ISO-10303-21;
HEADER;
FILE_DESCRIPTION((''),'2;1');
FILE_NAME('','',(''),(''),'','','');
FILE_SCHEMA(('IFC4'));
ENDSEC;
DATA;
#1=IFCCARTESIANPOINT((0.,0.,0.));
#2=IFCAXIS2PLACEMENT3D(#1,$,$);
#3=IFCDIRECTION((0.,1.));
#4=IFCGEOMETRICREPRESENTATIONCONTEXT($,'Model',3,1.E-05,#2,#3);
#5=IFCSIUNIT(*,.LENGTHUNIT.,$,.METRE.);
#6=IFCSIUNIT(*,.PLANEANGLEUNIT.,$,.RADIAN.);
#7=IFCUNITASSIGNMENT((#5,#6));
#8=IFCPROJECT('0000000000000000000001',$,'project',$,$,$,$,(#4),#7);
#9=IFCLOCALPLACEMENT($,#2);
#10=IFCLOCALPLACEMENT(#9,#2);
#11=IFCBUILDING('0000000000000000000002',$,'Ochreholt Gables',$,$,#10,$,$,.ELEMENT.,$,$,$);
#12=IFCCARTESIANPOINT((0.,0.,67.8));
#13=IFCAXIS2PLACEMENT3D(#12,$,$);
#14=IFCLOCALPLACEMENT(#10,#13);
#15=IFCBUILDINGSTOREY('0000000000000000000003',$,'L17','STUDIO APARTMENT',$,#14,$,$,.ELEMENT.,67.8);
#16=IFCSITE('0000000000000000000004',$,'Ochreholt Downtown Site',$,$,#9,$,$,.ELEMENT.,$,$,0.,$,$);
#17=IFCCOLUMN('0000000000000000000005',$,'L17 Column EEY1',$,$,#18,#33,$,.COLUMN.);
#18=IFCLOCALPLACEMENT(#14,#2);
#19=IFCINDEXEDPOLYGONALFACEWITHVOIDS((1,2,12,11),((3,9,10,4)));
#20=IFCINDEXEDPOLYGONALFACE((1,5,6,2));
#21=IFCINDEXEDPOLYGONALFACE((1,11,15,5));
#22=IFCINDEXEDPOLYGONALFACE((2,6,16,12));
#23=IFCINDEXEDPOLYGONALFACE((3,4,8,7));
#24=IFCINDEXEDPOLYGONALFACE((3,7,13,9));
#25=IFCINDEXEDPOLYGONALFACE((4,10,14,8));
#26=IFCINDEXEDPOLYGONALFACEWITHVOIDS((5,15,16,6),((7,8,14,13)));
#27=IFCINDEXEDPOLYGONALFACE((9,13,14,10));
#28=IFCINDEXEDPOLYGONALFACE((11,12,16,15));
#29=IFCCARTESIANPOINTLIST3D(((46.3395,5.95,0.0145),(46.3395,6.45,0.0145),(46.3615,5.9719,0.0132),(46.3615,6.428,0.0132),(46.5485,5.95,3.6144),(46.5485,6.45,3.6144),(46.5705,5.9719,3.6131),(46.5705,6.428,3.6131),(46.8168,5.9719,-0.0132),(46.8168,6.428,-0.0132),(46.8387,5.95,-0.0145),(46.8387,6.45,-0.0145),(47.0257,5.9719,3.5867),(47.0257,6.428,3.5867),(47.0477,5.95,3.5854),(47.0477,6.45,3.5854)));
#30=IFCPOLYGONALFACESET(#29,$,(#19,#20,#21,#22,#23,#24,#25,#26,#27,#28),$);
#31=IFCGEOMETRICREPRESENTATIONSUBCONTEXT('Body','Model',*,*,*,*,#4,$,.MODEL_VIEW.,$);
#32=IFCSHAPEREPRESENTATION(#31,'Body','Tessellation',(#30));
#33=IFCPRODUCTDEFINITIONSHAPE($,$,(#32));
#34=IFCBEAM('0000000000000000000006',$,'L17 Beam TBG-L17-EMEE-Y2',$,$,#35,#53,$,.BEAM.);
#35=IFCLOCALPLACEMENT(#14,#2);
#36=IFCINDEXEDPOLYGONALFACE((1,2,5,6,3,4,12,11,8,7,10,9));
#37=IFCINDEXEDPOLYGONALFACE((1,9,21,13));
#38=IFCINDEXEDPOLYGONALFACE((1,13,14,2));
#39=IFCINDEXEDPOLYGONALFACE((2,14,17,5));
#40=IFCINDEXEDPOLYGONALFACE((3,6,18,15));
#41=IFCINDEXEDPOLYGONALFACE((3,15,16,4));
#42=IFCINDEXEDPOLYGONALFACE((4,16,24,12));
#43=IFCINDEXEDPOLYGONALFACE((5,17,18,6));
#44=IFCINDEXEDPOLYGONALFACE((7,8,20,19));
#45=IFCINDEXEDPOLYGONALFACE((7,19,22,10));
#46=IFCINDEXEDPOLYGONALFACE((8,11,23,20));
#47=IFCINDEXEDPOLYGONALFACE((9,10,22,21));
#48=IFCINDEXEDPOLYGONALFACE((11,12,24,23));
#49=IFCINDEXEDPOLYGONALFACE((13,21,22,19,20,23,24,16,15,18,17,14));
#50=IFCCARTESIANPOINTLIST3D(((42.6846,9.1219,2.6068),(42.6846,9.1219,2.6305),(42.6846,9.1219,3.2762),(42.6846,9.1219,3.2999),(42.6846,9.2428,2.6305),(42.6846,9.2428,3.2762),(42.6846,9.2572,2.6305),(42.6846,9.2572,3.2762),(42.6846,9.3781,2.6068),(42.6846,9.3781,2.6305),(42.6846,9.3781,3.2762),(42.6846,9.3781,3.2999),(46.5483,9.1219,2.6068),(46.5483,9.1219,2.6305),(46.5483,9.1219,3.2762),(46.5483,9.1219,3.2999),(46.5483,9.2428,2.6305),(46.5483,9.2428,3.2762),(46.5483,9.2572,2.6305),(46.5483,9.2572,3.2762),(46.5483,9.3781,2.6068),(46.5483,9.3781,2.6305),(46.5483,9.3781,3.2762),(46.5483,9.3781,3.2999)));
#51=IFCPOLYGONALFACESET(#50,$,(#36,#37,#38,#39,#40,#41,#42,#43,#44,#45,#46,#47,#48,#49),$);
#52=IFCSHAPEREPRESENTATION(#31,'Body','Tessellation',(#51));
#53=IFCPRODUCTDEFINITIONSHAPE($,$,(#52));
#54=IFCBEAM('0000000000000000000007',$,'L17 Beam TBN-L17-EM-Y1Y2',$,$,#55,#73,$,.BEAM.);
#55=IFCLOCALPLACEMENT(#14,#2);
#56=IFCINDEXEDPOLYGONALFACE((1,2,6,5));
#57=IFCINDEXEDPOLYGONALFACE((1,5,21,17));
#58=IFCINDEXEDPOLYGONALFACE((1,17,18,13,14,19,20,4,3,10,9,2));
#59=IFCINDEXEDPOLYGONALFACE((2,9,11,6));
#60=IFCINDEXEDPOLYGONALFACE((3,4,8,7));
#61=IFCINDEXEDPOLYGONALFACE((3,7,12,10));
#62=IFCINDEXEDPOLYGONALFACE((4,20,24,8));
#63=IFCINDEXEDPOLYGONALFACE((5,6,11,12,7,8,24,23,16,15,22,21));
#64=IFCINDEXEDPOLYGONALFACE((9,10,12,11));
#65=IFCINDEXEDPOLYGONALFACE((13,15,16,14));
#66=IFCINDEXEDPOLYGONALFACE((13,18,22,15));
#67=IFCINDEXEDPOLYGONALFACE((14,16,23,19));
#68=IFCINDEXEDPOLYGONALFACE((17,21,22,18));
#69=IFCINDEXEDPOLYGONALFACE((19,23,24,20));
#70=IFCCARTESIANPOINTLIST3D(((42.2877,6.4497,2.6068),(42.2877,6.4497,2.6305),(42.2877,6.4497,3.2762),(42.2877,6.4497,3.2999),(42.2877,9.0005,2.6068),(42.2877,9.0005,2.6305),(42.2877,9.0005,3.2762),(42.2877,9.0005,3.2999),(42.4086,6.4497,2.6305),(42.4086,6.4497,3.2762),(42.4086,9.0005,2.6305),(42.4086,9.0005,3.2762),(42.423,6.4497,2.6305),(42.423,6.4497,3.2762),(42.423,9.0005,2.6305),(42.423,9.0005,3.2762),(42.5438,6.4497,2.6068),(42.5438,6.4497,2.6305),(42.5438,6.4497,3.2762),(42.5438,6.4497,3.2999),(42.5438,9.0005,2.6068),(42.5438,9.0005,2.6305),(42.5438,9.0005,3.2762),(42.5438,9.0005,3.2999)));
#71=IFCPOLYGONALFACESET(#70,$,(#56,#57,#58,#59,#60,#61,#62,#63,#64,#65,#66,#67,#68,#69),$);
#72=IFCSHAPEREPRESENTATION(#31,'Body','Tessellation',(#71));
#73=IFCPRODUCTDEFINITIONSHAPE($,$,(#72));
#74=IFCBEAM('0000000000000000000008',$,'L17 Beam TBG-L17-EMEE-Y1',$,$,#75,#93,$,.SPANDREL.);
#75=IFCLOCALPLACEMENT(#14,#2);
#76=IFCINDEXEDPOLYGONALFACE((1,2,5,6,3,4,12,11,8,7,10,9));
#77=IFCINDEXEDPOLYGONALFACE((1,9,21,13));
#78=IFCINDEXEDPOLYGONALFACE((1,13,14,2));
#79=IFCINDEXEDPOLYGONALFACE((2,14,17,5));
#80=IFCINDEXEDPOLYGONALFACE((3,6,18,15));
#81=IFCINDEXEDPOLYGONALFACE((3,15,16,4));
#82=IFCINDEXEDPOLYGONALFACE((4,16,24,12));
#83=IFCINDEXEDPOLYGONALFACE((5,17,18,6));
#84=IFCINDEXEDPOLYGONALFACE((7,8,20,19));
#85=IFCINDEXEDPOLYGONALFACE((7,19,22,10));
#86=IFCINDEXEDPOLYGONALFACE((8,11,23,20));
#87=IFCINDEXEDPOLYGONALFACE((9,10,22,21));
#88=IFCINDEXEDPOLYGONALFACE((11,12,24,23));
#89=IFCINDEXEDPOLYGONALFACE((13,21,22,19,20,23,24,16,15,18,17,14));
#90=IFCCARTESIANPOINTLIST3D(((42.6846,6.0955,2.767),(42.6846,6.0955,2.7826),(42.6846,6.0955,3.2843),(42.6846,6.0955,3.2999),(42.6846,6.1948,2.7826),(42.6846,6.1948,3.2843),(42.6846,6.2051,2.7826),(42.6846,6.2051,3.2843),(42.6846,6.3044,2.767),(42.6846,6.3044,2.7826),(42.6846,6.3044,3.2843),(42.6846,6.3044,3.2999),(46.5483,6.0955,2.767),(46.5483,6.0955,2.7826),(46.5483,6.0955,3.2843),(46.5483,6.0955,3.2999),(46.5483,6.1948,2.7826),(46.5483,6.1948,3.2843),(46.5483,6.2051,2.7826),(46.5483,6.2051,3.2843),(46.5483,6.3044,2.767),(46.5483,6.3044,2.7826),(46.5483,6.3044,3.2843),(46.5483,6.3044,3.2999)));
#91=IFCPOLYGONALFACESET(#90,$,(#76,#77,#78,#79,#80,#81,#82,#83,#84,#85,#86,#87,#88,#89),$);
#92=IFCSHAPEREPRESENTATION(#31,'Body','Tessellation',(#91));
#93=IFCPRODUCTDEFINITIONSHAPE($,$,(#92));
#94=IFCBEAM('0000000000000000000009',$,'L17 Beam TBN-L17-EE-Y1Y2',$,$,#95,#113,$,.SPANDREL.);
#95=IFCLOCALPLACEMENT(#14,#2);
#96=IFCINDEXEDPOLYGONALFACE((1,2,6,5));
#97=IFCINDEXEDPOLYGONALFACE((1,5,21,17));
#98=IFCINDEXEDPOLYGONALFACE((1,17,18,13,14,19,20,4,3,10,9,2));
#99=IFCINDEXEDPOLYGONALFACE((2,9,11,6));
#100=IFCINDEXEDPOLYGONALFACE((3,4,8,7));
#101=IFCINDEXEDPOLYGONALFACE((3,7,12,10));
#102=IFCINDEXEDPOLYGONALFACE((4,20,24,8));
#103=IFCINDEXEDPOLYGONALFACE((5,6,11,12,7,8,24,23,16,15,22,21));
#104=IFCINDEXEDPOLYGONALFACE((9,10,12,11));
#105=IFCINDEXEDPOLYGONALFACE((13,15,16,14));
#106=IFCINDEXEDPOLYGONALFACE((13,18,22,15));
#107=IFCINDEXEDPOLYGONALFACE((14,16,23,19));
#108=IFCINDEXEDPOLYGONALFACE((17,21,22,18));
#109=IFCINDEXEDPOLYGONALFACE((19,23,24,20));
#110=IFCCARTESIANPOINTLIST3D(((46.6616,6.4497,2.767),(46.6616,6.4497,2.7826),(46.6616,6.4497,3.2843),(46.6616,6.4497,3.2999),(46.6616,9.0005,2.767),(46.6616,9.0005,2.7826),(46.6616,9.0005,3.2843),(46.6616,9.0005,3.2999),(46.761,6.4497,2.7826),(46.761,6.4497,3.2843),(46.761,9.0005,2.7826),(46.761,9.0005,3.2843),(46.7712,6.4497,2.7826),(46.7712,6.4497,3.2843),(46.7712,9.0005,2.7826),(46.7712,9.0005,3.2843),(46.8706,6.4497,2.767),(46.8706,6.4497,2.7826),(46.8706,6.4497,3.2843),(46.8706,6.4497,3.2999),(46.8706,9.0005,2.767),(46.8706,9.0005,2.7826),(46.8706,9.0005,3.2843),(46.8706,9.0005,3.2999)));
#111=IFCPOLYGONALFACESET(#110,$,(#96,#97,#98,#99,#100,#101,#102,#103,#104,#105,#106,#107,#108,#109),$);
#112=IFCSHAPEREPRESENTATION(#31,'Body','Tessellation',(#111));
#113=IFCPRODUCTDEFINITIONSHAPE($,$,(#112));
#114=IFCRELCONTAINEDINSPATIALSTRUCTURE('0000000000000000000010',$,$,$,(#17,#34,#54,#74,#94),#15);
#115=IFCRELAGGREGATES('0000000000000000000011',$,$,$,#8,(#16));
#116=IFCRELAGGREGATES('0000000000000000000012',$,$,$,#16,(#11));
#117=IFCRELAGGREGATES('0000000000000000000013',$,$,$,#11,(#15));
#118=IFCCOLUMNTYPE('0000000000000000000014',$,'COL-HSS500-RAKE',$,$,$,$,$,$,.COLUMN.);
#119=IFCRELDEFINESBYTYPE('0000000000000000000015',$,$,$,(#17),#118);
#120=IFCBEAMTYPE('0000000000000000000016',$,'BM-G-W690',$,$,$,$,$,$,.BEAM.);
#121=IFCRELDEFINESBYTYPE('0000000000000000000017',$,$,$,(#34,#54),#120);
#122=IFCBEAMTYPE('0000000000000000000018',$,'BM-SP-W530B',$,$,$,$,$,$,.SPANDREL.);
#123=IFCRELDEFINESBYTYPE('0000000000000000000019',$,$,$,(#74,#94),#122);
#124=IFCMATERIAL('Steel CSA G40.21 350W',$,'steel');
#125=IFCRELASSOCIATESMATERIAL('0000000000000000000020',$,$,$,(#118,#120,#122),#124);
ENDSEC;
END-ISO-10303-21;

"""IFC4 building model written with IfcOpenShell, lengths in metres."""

from ifc_helpers import new_model, si_unit, direction, frame, origin, origin_2d, place, context, subcontext, project, spatial, hollow_rectangle, i_section, extrude, material, material_profile, profile_set, type_object, element, save


model = new_model("IFC4")

# Units and contexts
model_context = context("Model", 3, precision=1e-05, world=origin(), true_north=direction((0.0, 1.0)))
body_context = subcontext(model_context, "Body", "Model", "MODEL_VIEW")
ifc_project = project(units=[si_unit("LENGTHUNIT", "METRE"), si_unit("PLANEANGLEUNIT", "RADIAN")], contexts=[model_context])

# Site, building, storey
site_placement = place(None, origin())
site = spatial("IfcSite", under=ifc_project, at=site_placement, Name="Ochreholt Downtown Site", CompositionType="ELEMENT", RefElevation=0.0)
building_placement = place(site_placement, origin())
building = spatial("IfcBuilding", under=site, at=building_placement, Name="Ochreholt Gables", CompositionType="ELEMENT")
storey_placement = place(building_placement, frame((0.0, 0.0, 67.8)))
storey = spatial("IfcBuildingStorey", under=building, at=storey_placement, Name="L17", Description="STUDIO APARTMENT", CompositionType="ELEMENT", Elevation=67.8)

# Column
ifc_material_1 = material(Name="Steel CSA G40.21 350W", Category="steel")
ifc_material_profile_1 = material_profile(ifc_material_1, hollow_rectangle(XDim=0.5, YDim=0.5, WallThickness=0.022, at=origin_2d()), Name="HSS500X500X22")
ifc_profile_set_1 = profile_set([ifc_material_profile_1], Name="Steel CSA G40.21 350W")
column_type = type_object("IfcColumnType", Name="COL-HSS500-RAKE", PredefinedType="COLUMN", material=ifc_profile_set_1)
column_placement = place(storey_placement, frame((46.5891, 6.2, 0.0), z_axis=(0.057956, 0.0, 0.998319), x_axis=(0.0, 1.0, 0.0)))
element("IfcColumn", 1, at=column_placement, inside=storey, type_object=column_type, Name="L17 Column EEY1", PredefinedType="COLUMN", context=body_context, shape_type="SweptSolid", body=[
    extrude(hollow_rectangle(XDim=0.5, YDim=0.5, WallThickness=0.022, at=origin_2d()), origin(), (0.0, 0.0, 1.0), 3.606),
])

# Beams
ifc_material_profile_2 = material_profile(ifc_material_1, i_section(OverallWidth=0.2561, OverallDepth=0.6931, WebThickness=0.0144, FlangeThickness=0.0237, at=origin_2d()), Name="W690X170")
ifc_profile_set_2 = profile_set([ifc_material_profile_2], Name="Steel CSA G40.21 350W")
beam_type_1 = type_object("IfcBeamType", Name="BM-G-W690", PredefinedType="BEAM", material=ifc_profile_set_2)
beam_1_placement = place(storey_placement, frame((42.6846, 9.25, 2.9534), z_axis=(1.0, 0.0, 0.0), x_axis=(0.0, 1.0, 0.0)))
element("IfcBeam", 2, at=beam_1_placement, inside=storey, type_object=beam_type_1, Name="L17 Beam TBG-L17-EMEE-Y2", PredefinedType="BEAM", context=body_context, shape_type="SweptSolid", body=[
    extrude(i_section(OverallWidth=0.2561, OverallDepth=0.6931, WebThickness=0.0144, FlangeThickness=0.0237, at=origin_2d()), origin(), (0.0, 0.0, 1.0), 3.8638),
])
beam_2_placement = place(storey_placement, frame((42.4158, 6.4497, 2.9534), z_axis=(0.0, 1.0, 0.0), x_axis=(-1.0, 0.0, 0.0)))
element("IfcBeam", 3, at=beam_2_placement, inside=storey, type_object=beam_type_1, Name="L17 Beam TBN-L17-EM-Y1Y2", PredefinedType="BEAM", context=body_context, shape_type="SweptSolid", body=[
    extrude(i_section(OverallWidth=0.2561, OverallDepth=0.6931, WebThickness=0.0144, FlangeThickness=0.0237, at=origin_2d()), origin(), (0.0, 0.0, 1.0), 2.5508),
])
ifc_material_profile_3 = material_profile(ifc_material_1, i_section(OverallWidth=0.209, OverallDepth=0.533, WebThickness=0.0103, FlangeThickness=0.0156, at=origin_2d()), Name="W530X92")
ifc_profile_set_3 = profile_set([ifc_material_profile_3], Name="Steel CSA G40.21 350W")
beam_type_2 = type_object("IfcBeamType", Name="BM-SP-W530B", PredefinedType="SPANDREL", material=ifc_profile_set_3)
beam_3_placement = place(storey_placement, frame((42.6846, 6.2, 3.0334), z_axis=(1.0, 0.0, 0.0), x_axis=(0.0, 1.0, 0.0)))
element("IfcBeam", 4, at=beam_3_placement, inside=storey, type_object=beam_type_2, Name="L17 Beam TBG-L17-EMEE-Y1", PredefinedType="SPANDREL", context=body_context, shape_type="SweptSolid", body=[
    extrude(i_section(OverallWidth=0.209, OverallDepth=0.533, WebThickness=0.0103, FlangeThickness=0.0156, at=origin_2d()), origin(), (0.0, 0.0, 1.0), 3.8638),
])
beam_4_placement = place(storey_placement, frame((46.7661, 6.4497, 3.0334), z_axis=(0.0, 1.0, 0.0), x_axis=(-1.0, 0.0, 0.0)))
element("IfcBeam", 5, at=beam_4_placement, inside=storey, type_object=beam_type_2, Name="L17 Beam TBN-L17-EE-Y1Y2", PredefinedType="SPANDREL", context=body_context, shape_type="SweptSolid", body=[
    extrude(i_section(OverallWidth=0.209, OverallDepth=0.533, WebThickness=0.0103, FlangeThickness=0.0156, at=origin_2d()), origin(), (0.0, 0.0, 1.0), 2.5508),
])

save(model, "model.ifc")
